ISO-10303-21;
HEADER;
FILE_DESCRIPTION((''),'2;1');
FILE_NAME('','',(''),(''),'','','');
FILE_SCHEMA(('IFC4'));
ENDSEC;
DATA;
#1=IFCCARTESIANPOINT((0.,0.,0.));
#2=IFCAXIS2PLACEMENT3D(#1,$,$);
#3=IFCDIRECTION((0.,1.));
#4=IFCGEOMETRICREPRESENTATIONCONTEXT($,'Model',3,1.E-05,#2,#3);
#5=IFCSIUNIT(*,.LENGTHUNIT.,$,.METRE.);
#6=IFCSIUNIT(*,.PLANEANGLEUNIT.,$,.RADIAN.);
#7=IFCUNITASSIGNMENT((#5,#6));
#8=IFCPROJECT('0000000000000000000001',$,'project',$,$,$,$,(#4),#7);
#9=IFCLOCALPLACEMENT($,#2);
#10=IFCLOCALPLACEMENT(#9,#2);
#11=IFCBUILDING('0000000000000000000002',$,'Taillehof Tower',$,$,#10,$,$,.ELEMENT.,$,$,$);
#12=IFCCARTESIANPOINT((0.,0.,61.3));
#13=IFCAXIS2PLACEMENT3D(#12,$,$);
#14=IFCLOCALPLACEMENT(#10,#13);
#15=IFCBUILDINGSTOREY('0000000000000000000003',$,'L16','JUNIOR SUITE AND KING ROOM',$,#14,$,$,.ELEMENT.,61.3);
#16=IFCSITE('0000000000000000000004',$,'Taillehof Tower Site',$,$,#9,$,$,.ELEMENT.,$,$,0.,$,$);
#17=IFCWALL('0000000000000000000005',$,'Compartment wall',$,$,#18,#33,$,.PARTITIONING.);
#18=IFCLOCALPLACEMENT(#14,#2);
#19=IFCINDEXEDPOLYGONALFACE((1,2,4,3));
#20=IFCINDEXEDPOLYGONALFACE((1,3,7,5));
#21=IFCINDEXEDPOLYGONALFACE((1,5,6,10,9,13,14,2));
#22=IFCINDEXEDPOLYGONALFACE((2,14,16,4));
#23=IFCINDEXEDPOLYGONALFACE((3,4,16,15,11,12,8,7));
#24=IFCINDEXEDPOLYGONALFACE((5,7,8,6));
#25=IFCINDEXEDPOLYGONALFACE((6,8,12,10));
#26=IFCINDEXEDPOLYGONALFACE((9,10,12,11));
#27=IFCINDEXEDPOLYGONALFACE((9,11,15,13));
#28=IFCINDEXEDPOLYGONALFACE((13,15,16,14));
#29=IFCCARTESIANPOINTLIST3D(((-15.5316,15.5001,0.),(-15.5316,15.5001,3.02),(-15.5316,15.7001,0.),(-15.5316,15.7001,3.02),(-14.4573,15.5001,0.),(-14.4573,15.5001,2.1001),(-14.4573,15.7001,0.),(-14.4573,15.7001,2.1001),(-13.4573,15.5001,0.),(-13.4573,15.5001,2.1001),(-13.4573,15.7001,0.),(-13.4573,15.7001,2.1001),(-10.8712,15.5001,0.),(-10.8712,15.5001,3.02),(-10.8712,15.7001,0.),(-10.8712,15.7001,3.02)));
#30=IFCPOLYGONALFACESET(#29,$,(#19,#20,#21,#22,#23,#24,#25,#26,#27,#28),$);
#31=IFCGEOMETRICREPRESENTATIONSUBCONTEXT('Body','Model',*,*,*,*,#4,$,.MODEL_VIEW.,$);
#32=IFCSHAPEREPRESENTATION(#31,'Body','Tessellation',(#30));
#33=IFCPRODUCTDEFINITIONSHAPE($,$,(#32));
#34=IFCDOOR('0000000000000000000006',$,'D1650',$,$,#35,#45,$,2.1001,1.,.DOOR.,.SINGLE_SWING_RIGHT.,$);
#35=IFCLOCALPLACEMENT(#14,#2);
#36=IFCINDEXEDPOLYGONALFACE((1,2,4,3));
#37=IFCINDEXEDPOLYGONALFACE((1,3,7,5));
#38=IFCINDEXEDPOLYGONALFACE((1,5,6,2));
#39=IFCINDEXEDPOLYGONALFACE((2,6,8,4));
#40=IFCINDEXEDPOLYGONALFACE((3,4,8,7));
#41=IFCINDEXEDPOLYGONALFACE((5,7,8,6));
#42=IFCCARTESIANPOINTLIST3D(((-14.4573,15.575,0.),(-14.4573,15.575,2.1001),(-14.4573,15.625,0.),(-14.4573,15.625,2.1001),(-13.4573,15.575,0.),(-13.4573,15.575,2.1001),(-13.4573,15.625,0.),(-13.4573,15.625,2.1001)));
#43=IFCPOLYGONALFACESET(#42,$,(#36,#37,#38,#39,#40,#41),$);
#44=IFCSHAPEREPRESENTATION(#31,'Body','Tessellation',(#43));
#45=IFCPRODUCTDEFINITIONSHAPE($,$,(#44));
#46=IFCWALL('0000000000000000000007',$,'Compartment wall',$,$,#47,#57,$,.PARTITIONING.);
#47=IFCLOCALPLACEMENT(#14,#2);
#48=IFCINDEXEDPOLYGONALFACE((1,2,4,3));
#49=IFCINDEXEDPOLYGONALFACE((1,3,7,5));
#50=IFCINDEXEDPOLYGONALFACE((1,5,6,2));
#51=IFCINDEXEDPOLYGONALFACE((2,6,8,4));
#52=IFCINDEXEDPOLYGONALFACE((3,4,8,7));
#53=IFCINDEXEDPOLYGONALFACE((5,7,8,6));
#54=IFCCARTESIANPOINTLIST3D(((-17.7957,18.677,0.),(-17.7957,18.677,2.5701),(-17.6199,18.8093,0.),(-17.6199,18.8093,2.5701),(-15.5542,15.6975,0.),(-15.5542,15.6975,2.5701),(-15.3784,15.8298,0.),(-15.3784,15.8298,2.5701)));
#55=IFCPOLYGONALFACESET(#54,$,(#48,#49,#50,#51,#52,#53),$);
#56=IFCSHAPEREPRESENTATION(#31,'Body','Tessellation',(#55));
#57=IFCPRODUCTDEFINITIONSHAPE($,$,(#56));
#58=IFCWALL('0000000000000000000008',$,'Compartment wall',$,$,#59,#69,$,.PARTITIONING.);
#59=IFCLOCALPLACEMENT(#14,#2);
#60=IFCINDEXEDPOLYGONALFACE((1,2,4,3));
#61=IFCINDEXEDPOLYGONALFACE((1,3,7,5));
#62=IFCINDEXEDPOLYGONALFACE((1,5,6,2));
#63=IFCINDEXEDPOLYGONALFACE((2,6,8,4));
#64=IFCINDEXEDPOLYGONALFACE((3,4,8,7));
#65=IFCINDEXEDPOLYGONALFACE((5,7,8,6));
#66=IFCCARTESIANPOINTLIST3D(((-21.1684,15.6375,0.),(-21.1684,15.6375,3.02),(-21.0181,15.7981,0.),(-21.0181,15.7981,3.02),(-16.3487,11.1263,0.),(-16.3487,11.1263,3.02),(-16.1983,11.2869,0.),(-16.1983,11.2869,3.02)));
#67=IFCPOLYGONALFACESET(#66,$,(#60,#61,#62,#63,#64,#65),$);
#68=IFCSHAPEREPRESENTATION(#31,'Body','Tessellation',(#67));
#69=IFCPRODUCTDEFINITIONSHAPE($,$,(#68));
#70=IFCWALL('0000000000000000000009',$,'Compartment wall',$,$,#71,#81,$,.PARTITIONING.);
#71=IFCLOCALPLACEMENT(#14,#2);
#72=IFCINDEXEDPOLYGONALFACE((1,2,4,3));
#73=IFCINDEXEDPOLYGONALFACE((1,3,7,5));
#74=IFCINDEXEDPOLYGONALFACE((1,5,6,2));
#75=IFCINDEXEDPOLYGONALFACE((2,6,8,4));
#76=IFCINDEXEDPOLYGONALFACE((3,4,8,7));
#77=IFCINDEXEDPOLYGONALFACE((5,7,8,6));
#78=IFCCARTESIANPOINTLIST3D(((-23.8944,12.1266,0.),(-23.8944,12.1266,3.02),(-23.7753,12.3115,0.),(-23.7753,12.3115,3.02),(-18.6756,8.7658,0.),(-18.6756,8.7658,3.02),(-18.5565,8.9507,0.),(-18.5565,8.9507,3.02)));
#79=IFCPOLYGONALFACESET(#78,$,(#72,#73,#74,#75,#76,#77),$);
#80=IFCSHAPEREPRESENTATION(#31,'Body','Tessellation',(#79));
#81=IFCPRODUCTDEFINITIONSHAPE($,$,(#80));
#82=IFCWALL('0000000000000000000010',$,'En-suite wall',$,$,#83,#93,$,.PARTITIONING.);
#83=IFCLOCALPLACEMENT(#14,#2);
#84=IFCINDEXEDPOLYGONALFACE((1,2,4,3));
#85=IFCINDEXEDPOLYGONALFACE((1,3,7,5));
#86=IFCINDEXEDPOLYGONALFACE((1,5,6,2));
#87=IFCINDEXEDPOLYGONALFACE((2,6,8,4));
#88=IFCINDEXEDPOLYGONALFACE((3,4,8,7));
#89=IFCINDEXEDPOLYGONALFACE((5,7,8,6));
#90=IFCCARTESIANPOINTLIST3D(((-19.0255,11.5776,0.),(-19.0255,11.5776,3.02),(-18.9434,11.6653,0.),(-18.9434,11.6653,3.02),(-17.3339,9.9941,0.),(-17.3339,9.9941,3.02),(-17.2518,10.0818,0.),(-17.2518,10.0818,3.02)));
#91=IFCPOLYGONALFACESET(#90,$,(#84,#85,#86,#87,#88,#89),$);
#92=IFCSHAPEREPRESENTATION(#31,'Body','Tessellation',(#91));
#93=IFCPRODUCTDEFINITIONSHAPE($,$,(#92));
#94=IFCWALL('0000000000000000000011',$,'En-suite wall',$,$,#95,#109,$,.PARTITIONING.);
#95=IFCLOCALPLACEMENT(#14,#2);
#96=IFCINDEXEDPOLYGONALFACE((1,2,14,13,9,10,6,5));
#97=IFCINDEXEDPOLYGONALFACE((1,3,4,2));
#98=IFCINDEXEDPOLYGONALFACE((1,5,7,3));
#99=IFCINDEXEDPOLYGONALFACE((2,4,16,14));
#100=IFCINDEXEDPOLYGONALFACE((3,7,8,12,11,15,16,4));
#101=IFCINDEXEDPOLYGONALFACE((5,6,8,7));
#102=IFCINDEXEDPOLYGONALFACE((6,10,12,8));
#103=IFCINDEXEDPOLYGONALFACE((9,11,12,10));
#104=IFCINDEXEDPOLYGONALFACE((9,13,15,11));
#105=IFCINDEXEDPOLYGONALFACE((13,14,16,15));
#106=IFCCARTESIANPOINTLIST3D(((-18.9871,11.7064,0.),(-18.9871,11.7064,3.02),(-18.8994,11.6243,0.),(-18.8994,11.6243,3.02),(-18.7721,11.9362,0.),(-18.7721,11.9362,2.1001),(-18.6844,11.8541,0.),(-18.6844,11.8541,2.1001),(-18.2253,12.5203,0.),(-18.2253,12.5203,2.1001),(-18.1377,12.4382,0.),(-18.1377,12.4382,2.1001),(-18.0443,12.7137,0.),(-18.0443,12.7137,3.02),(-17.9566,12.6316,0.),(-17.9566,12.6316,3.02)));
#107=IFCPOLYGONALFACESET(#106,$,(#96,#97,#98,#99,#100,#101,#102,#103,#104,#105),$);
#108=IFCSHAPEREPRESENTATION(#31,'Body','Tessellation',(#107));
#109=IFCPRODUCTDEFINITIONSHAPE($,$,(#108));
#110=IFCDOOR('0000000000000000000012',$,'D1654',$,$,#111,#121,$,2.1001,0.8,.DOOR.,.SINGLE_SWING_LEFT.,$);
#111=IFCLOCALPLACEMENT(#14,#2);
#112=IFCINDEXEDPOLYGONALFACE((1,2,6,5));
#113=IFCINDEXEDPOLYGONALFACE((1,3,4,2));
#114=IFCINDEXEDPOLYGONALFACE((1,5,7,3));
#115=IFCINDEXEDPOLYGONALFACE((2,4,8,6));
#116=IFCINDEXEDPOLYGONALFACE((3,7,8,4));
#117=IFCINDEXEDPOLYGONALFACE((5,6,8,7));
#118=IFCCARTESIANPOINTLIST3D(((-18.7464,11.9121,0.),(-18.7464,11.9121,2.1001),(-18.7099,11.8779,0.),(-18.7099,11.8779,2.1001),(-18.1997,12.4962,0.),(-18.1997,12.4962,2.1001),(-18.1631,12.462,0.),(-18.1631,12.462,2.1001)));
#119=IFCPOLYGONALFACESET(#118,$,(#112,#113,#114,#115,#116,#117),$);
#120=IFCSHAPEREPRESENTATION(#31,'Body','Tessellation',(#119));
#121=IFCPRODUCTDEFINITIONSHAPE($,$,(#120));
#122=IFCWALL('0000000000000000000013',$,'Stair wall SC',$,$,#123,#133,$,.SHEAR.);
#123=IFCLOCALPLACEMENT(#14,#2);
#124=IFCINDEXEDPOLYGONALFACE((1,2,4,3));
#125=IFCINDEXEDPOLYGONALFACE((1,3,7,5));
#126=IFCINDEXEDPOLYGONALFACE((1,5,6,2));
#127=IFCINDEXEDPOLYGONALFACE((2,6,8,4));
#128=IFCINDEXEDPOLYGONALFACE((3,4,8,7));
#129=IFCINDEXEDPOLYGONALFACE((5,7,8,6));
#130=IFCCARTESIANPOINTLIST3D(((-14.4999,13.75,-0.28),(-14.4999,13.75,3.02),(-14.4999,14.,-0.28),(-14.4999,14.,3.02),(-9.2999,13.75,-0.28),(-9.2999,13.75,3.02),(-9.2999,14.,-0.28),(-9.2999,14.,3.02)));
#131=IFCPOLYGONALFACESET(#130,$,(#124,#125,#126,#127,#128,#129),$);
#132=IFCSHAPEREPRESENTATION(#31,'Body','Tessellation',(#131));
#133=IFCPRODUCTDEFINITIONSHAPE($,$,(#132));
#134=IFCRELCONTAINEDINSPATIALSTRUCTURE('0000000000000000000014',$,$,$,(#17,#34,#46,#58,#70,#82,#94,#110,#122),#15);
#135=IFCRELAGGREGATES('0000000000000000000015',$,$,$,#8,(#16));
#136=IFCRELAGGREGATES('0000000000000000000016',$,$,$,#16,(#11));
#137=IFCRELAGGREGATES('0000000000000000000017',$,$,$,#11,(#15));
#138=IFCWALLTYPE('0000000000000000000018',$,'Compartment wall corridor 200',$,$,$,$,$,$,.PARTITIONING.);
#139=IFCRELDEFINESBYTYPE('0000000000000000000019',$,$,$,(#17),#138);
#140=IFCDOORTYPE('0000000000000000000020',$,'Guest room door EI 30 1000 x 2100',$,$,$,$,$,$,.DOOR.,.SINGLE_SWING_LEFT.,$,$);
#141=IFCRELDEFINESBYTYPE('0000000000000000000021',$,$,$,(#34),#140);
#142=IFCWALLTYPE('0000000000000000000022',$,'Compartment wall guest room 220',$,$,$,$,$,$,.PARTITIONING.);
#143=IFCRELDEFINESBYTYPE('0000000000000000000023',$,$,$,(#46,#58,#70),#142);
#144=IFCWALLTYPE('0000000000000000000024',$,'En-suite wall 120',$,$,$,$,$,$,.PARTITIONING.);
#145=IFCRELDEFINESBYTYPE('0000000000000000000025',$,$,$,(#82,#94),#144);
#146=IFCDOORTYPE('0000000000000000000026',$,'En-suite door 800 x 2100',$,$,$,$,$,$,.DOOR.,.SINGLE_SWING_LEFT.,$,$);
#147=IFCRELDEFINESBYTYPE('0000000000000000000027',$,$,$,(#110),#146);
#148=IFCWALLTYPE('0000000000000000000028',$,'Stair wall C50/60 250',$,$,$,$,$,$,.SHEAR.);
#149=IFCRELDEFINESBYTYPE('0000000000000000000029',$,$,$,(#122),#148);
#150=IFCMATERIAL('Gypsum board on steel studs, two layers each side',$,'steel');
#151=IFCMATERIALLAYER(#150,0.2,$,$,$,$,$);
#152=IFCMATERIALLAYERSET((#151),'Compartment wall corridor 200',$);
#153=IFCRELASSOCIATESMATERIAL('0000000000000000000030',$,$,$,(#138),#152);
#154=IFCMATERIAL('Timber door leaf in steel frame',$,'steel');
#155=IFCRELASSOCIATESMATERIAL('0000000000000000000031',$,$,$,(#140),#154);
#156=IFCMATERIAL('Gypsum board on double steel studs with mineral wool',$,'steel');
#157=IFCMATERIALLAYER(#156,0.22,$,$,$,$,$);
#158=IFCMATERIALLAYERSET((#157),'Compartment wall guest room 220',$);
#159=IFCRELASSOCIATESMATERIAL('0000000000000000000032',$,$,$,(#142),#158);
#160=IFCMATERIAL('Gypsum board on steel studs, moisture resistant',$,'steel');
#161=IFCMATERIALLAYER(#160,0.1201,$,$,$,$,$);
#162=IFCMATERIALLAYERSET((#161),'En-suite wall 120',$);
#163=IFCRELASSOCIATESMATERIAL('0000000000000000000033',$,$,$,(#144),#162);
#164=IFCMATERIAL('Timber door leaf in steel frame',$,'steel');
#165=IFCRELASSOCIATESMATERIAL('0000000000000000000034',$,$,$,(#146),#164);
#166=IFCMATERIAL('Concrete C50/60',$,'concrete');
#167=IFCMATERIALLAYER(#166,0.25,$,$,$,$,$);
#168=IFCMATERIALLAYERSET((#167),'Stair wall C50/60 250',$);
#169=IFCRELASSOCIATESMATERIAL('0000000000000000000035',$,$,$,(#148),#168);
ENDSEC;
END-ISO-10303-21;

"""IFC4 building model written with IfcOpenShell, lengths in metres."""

from ifc_helpers import new_model, si_unit, direction, frame, frame_2d, origin, place, context, subcontext, project, spatial, rectangle, extrude, material, layer, layer_set, type_object, element, fill, save


model = new_model("IFC4")

# Units and contexts
model_context = context("Model", 3, precision=1e-05, world=origin(), true_north=direction((0.0, 1.0)))
body_context = subcontext(model_context, "Body", "Model", "MODEL_VIEW")
ifc_project = project(units=[si_unit("LENGTHUNIT", "METRE"), si_unit("PLANEANGLEUNIT", "RADIAN")], contexts=[model_context])

# Site, building, storey
site_placement = place(None, origin())
site = spatial("IfcSite", under=ifc_project, at=site_placement, Name="Taillehof Tower Site", CompositionType="ELEMENT", RefElevation=0.0)
building_placement = place(site_placement, origin())
building = spatial("IfcBuilding", under=site, at=building_placement, Name="Taillehof Tower", CompositionType="ELEMENT")
storey_placement = place(building_placement, frame((0.0, 0.0, 61.3)))
storey = spatial("IfcBuildingStorey", under=building, at=storey_placement, Name="L16", Description="JUNIOR SUITE AND KING ROOM", CompositionType="ELEMENT", Elevation=61.3)

# Shared definitions
ifc_material_1 = material(Name="Gypsum board on steel studs, two layers each side", Category="steel")
ifc_layer_1 = layer(ifc_material_1, 0.2)
ifc_layer_set_1 = layer_set([ifc_layer_1], Name="Compartment wall corridor 200")
wall_type_1 = type_object("IfcWallType", Name="Compartment wall corridor 200", PredefinedType="PARTITIONING", material=ifc_layer_set_1)
ifc_material_2 = material(Name="Timber door leaf in steel frame", Category="steel")
door_type_1 = type_object("IfcDoorType", Name="Guest room door EI 30 1000 x 2100", OperationType="SINGLE_SWING_LEFT", PredefinedType="DOOR", material=ifc_material_2)

# Wall, opening, door
wall_1_placement = place(storey_placement, frame((-15.5315, 15.6001, 0.0), z_axis=(0.0, 0.0, 1.0), x_axis=(1.0, 0.0, 0.0)))
wall_1 = element("IfcWall", 1, at=wall_1_placement, inside=storey, type_object=wall_type_1, Name="Compartment wall", PredefinedType="PARTITIONING", context=body_context, shape_type="SweptSolid", body=[
    extrude(rectangle(XDim=4.6604, YDim=0.2, at=frame_2d((2.3301, 0.0))), origin(), (0.0, 0.0, 1.0), 3.02),
])
opening_1_placement = place(wall_1_placement, frame((1.0742, 0.0, 0.0)))
opening_1 = element("IfcOpeningElement", 2, at=opening_1_placement, cuts=wall_1, PredefinedType="OPENING", context=body_context, shape_type="SweptSolid", body=[
    extrude(rectangle(XDim=1.0, YDim=2.1001, at=frame_2d((0.5, 1.05))), frame((0.0, 0.1099, 0.0), z_axis=(0.0, -1.0, 0.0), x_axis=(1.0, 0.0, 0.0)), (0.0, 0.0, 1.0), 0.22),
])
door_1_placement = place(opening_1_placement, origin())
door_1 = element("IfcDoor", 3, at=door_1_placement, inside=storey, type_object=door_type_1, Name="D1650", OperationType="SINGLE_SWING_RIGHT", OverallHeight=2.1001, OverallWidth=1.0, PredefinedType="DOOR", context=body_context, shape_type="SweptSolid", body=[
    extrude(rectangle(XDim=1.0, YDim=2.1001, at=frame_2d((0.5, 1.05))), frame((0.0, 0.0249, 0.0), z_axis=(0.0, -1.0, 0.0), x_axis=(1.0, 0.0, 0.0)), (0.0, 0.0, 1.0), 0.05),
])
fill(opening_1, door_1)

# Walls
ifc_material_3 = material(Name="Gypsum board on double steel studs with mineral wool", Category="steel")
ifc_layer_2 = layer(ifc_material_3, 0.22)
ifc_layer_set_2 = layer_set([ifc_layer_2], Name="Compartment wall guest room 220")
wall_type_2 = type_object("IfcWallType", Name="Compartment wall guest room 220", PredefinedType="PARTITIONING", material=ifc_layer_set_2)
wall_2_placement = place(storey_placement, frame((-17.7078, 18.7432, 0.0), z_axis=(0.0, 0.0, 1.0), x_axis=(0.601173, -0.799119, 0.0)))
element("IfcWall", 4, at=wall_2_placement, inside=storey, type_object=wall_type_2, Name="Compartment wall", PredefinedType="PARTITIONING", context=body_context, shape_type="SweptSolid", body=[
    extrude(rectangle(XDim=3.7285, YDim=0.22, at=frame_2d((1.8643, 0.0))), origin(), (0.0, 0.0, 1.0), 2.5701),
])
wall_3_placement = place(storey_placement, frame((-21.0933, 15.7178, 0.0), z_axis=(0.0, 0.0, 1.0), x_axis=(0.730093, -0.683348, 0.0)))
element("IfcWall", 5, at=wall_3_placement, inside=storey, type_object=wall_type_2, Name="Compartment wall", PredefinedType="PARTITIONING", context=body_context, shape_type="SweptSolid", body=[
    extrude(rectangle(XDim=6.6016, YDim=0.22, at=frame_2d((3.3008, 0.0))), origin(), (0.0, 0.0, 1.0), 3.02),
])
wall_4_placement = place(storey_placement, frame((-23.8347, 12.219, 0.0), z_axis=(0.0, 0.0, 1.0), x_axis=(0.840744, -0.541433, 0.0)))
element("IfcWall", 6, at=wall_4_placement, inside=storey, type_object=wall_type_2, Name="Compartment wall", PredefinedType="PARTITIONING", context=body_context, shape_type="SweptSolid", body=[
    extrude(rectangle(XDim=6.2073, YDim=0.22, at=frame_2d((3.1035, 0.0))), origin(), (0.0, 0.0, 1.0), 3.02),
])
ifc_material_4 = material(Name="Gypsum board on steel studs, moisture resistant", Category="steel")
ifc_layer_3 = layer(ifc_material_4, 0.1201)
ifc_layer_set_3 = layer_set([ifc_layer_3], Name="En-suite wall 120")
wall_type_3 = type_object("IfcWallType", Name="En-suite wall 120", PredefinedType="PARTITIONING", material=ifc_layer_set_3)
wall_5_placement = place(storey_placement, frame((-17.2927, 10.0378, 0.0), z_axis=(0.0, 0.0, 1.0), x_axis=(-0.730059, 0.683384, 0.0)))
element("IfcWall", 7, at=wall_5_placement, inside=storey, type_object=wall_type_3, Name="En-suite wall", PredefinedType="PARTITIONING", context=body_context, shape_type="SweptSolid", body=[
    extrude(rectangle(XDim=2.3171, YDim=0.1201, at=frame_2d((1.1587, 0.0))), origin(), (0.0, 0.0, 1.0), 3.02),
])

# Wall, opening, door
wall_6_placement = place(storey_placement, frame((-18.9434, 11.6653, 0.0), z_axis=(0.0, 0.0, 1.0), x_axis=(0.683364, 0.730078, 0.0)))
wall_6 = element("IfcWall", 8, at=wall_6_placement, inside=storey, type_object=wall_type_3, Name="En-suite wall", PredefinedType="PARTITIONING", context=body_context, shape_type="SweptSolid", body=[
    extrude(rectangle(XDim=1.3796, YDim=0.1201, at=frame_2d((0.6899, 0.0))), origin(), (0.0, 0.0, 1.0), 3.02),
])
opening_2_placement = place(wall_6_placement, frame((0.3149, 0.0, 0.0)))
opening_2 = element("IfcOpeningElement", 9, at=opening_2_placement, cuts=wall_6, PredefinedType="OPENING", context=body_context, shape_type="SweptSolid", body=[
    extrude(rectangle(XDim=0.8, YDim=2.1001, at=frame_2d((0.3999, 1.05))), frame((0.0, 0.0701, 0.0), z_axis=(0.0, -1.0, 0.0), x_axis=(1.0, 0.0, 0.0)), (0.0, 0.0, 1.0), 0.1401),
])
ifc_material_5 = material(Name="Timber door leaf in steel frame", Category="steel")
door_type_2 = type_object("IfcDoorType", Name="En-suite door 800 x 2100", OperationType="SINGLE_SWING_LEFT", PredefinedType="DOOR", material=ifc_material_5)
door_2_placement = place(opening_2_placement, origin())
door_2 = element("IfcDoor", 10, at=door_2_placement, inside=storey, type_object=door_type_2, Name="D1654", OperationType="SINGLE_SWING_LEFT", OverallHeight=2.1001, OverallWidth=0.8, PredefinedType="DOOR", context=body_context, shape_type="SweptSolid", body=[
    extrude(rectangle(XDim=0.8, YDim=2.1001, at=frame_2d((0.3999, 1.05))), frame((0.0, 0.0249, 0.0), z_axis=(0.0, -1.0, 0.0), x_axis=(1.0, 0.0, 0.0)), (0.0, 0.0, 1.0), 0.05),
])
fill(opening_2, door_2)

# Wall
ifc_material_6 = material(Name="Concrete C50/60", Category="concrete")
ifc_layer_4 = layer(ifc_material_6, 0.25)
ifc_layer_set_4 = layer_set([ifc_layer_4], Name="Stair wall C50/60 250")
wall_type_4 = type_object("IfcWallType", Name="Stair wall C50/60 250", PredefinedType="SHEAR", material=ifc_layer_set_4)
wall_7_placement = place(storey_placement, frame((-14.5, 13.875, -0.28), z_axis=(0.0, 0.0, 1.0), x_axis=(1.0, 0.0, 0.0)))
element("IfcWall", 11, at=wall_7_placement, inside=storey, type_object=wall_type_4, Name="Stair wall SC", PredefinedType="SHEAR", context=body_context, shape_type="SweptSolid", body=[
    extrude(rectangle(XDim=5.2, YDim=0.25, at=frame_2d((2.6001, 0.0))), origin(), (0.0, 0.0, 1.0), 3.3),
])

save(model, "model.ifc")
